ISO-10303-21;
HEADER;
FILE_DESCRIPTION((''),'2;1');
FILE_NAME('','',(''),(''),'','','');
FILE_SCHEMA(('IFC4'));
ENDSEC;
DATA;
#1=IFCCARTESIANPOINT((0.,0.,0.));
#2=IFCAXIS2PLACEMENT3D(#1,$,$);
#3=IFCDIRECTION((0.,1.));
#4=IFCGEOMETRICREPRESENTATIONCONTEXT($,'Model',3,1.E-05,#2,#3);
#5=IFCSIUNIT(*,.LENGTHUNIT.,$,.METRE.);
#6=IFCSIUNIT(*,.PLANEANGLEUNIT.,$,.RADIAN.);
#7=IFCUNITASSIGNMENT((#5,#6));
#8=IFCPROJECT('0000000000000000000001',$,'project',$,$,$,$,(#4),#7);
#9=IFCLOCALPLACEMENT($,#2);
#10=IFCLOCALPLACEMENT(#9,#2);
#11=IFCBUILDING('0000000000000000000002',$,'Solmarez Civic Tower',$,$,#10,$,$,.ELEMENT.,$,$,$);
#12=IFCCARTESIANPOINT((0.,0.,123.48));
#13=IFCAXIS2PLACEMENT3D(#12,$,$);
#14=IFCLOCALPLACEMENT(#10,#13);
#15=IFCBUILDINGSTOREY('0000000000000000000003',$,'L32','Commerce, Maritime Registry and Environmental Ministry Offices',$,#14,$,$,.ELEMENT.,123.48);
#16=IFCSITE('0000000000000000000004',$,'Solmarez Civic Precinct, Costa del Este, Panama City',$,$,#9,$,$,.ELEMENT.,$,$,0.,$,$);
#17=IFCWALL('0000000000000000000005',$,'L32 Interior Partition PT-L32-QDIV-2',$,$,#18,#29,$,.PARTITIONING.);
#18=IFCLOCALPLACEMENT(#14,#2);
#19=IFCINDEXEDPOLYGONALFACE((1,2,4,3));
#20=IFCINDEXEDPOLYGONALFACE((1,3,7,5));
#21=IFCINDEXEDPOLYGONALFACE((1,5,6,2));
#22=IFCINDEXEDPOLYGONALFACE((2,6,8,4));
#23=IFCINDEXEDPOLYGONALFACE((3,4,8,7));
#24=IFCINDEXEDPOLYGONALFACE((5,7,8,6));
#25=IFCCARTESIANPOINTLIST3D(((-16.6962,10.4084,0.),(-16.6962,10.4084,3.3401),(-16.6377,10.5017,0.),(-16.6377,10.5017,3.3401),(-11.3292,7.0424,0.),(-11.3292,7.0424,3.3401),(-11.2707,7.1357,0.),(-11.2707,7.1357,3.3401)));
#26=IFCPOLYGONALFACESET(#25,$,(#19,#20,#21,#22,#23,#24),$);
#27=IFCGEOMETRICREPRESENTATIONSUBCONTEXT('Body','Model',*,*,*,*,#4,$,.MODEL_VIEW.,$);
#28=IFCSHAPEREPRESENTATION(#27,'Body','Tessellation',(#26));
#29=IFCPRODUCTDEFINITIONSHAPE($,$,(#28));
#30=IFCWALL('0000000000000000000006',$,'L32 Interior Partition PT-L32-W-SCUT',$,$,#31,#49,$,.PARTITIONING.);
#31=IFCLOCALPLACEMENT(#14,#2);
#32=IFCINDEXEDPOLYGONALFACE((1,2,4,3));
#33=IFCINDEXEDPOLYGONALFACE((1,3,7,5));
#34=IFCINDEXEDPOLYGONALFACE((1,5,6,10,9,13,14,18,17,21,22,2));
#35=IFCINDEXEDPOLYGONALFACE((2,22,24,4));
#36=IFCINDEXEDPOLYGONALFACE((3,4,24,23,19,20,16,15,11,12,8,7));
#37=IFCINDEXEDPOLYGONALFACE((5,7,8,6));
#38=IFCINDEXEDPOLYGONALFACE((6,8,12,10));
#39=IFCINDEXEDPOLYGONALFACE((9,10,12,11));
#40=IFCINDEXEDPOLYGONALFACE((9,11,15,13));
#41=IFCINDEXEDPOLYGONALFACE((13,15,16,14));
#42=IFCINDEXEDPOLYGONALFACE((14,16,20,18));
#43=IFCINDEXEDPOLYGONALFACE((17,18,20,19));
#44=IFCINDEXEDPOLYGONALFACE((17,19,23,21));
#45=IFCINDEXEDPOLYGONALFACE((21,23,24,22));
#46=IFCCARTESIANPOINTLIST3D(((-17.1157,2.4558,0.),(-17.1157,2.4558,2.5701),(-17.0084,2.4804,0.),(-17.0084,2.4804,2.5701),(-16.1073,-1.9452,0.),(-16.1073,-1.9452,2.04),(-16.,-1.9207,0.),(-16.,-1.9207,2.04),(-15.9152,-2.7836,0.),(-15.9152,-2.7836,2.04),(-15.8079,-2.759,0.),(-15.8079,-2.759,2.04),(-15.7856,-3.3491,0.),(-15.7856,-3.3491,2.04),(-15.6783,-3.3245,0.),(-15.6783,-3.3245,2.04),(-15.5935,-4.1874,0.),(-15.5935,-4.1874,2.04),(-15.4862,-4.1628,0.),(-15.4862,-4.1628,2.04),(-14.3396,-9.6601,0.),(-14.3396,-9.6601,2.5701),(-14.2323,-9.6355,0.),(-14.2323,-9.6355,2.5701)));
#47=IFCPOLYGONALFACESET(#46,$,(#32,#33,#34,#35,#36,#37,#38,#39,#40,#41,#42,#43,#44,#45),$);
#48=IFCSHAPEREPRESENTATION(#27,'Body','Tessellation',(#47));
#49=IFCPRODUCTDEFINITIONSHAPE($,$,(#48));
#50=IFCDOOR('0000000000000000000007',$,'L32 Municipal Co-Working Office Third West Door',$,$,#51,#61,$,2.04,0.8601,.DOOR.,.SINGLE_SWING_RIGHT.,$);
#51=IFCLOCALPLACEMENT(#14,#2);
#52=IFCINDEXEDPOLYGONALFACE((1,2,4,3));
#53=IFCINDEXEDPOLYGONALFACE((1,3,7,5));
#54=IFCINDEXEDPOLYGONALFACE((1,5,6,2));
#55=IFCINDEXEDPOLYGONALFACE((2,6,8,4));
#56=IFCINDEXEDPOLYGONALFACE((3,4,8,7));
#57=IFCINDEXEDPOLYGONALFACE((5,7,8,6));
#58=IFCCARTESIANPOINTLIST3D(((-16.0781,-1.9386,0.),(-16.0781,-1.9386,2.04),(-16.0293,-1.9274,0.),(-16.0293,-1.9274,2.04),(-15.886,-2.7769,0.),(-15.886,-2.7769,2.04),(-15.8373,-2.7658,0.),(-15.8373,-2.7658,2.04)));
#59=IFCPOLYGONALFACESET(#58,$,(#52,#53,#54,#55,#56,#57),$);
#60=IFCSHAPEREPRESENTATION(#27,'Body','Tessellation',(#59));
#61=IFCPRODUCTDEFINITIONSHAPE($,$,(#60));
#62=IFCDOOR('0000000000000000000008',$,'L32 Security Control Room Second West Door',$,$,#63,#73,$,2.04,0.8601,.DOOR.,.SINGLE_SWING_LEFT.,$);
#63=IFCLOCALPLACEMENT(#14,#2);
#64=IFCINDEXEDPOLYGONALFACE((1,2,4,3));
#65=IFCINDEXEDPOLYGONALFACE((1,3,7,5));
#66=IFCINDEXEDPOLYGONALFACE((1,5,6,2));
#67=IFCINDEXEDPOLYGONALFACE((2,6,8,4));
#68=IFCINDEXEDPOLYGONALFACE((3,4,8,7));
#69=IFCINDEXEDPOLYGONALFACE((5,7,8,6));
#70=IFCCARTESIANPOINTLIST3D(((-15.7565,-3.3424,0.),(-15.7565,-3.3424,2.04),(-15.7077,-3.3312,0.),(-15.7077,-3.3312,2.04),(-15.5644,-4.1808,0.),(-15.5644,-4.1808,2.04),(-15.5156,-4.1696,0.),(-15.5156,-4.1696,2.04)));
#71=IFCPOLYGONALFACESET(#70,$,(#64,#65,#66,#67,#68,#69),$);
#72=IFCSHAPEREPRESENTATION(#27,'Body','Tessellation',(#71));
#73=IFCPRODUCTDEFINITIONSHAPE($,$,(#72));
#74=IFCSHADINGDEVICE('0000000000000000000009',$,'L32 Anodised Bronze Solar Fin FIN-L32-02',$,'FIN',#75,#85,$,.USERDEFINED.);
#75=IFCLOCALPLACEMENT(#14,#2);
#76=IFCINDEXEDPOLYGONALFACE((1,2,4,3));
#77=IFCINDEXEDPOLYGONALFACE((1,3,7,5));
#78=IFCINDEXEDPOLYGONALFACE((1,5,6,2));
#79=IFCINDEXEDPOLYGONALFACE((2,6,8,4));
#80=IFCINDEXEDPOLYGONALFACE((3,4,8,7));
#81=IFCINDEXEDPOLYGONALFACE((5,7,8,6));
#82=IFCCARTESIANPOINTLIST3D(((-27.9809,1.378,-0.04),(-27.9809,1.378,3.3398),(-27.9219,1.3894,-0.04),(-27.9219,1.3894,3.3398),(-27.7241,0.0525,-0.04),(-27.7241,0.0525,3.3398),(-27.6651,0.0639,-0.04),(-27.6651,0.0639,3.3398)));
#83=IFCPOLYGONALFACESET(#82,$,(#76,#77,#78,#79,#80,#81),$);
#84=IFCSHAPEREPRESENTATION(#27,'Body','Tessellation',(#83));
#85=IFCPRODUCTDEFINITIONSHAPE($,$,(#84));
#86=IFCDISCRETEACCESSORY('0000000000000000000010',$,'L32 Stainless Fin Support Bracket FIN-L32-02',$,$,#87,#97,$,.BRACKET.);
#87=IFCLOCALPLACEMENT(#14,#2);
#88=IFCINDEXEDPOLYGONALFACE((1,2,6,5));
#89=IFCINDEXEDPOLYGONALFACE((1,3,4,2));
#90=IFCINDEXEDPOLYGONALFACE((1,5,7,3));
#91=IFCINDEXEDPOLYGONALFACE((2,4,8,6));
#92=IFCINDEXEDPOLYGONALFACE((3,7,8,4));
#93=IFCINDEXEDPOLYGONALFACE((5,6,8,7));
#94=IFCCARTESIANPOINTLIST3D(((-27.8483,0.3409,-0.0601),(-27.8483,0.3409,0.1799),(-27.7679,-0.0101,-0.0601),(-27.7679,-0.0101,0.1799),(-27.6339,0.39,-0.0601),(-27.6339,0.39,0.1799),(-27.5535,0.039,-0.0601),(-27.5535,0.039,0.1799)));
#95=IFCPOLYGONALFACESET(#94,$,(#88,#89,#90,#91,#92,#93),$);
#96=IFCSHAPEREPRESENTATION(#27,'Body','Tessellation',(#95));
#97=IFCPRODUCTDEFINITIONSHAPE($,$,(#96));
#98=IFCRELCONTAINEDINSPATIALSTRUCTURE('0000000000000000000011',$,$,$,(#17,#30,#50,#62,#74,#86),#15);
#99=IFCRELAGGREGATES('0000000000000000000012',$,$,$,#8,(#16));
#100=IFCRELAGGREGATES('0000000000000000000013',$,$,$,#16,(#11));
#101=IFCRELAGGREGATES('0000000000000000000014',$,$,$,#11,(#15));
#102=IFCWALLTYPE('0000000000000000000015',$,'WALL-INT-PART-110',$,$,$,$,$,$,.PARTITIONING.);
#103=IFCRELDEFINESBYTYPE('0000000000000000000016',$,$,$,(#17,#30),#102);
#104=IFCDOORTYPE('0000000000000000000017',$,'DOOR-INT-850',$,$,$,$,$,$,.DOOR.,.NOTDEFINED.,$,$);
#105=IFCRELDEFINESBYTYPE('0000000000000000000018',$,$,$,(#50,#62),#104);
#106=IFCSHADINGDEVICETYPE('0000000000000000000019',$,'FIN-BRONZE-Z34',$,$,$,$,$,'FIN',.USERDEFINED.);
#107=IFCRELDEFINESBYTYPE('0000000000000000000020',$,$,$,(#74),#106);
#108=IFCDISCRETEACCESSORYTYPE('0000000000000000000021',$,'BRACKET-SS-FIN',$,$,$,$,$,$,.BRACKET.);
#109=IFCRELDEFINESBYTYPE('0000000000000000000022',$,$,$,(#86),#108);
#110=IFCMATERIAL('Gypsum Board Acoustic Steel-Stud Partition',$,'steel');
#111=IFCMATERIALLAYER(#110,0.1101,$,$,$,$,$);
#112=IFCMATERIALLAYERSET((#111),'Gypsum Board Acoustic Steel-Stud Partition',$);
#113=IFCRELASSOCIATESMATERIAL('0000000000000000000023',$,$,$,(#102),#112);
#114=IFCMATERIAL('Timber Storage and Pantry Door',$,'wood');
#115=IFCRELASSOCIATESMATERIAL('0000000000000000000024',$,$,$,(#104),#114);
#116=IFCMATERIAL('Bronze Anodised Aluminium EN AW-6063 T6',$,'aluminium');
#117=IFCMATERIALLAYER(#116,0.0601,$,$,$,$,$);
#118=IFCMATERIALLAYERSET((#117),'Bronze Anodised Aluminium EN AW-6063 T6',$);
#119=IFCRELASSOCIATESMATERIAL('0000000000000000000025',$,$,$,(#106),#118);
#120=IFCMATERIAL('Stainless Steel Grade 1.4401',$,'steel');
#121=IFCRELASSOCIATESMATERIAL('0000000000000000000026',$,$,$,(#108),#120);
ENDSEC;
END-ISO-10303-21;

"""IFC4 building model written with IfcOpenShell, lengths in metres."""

from ifc_helpers import new_model, si_unit, direction, frame, frame_2d, origin, origin_2d, place, context, subcontext, project, spatial, rectangle, extrude, material, layer, layer_set, type_object, element, fill, save


model = new_model("IFC4")

# Units and contexts
model_context = context("Model", 3, precision=1e-05, world=origin(), true_north=direction((0.0, 1.0)))
body_context = subcontext(model_context, "Body", "Model", "MODEL_VIEW")
ifc_project = project(units=[si_unit("LENGTHUNIT", "METRE"), si_unit("PLANEANGLEUNIT", "RADIAN")], contexts=[model_context])

# Site, building, storey
site_placement = place(None, origin())
site = spatial("IfcSite", under=ifc_project, at=site_placement, Name="Solmarez Civic Precinct, Costa del Este, Panama City", CompositionType="ELEMENT", RefElevation=0.0)
building_placement = place(site_placement, origin())
building = spatial("IfcBuilding", under=site, at=building_placement, Name="Solmarez Civic Tower", CompositionType="ELEMENT")
storey_placement = place(building_placement, frame((0.0, 0.0, 123.48)))
storey = spatial("IfcBuildingStorey", under=building, at=storey_placement, Name="L32", Description="Commerce, Maritime Registry and Environmental Ministry Offices", CompositionType="ELEMENT", Elevation=123.48)

# Wall
ifc_material_1 = material(Name="Gypsum Board Acoustic Steel-Stud Partition", Category="steel")
ifc_layer_1 = layer(ifc_material_1, 0.1101)
ifc_layer_set_1 = layer_set([ifc_layer_1], Name="Gypsum Board Acoustic Steel-Stud Partition")
wall_type_1 = type_object("IfcWallType", Name="WALL-INT-PART-110", PredefinedType="PARTITIONING", material=ifc_layer_set_1)
wall_1_placement = place(storey_placement, frame((-11.3, 7.0891, 0.0), z_axis=(0.0, 0.0, 1.0), x_axis=(-0.847172, 0.531318, 0.0)))
element("IfcWall", 1, at=wall_1_placement, inside=storey, type_object=wall_type_1, Name="L32 Interior Partition PT-L32-QDIV-2", PredefinedType="PARTITIONING", context=body_context, shape_type="SweptSolid", body=[
    extrude(rectangle(XDim=6.3352, YDim=0.1101, at=frame_2d((3.1675, 0.0))), origin(), (0.0, 0.0, 1.0), 3.3401),
])

# Wall, openings, doors
wall_2_placement = place(storey_placement, frame((-17.062, 2.468, 0.0), z_axis=(0.0, 0.0, 1.0), x_axis=(0.223342, -0.97474, 0.0)))
wall_2 = element("IfcWall", 2, at=wall_2_placement, inside=storey, type_object=wall_type_1, Name="L32 Interior Partition PT-L32-W-SCUT", PredefinedType="PARTITIONING", context=body_context, shape_type="SweptSolid", body=[
    extrude(rectangle(XDim=12.4299, YDim=0.1101, at=frame_2d((6.2148, 0.0))), origin(), (0.0, 0.0, 1.0), 2.5701),
])
opening_1_placement = place(wall_2_placement, frame((4.5149, 0.0, 0.0)))
opening_1 = element("IfcOpeningElement", 3, at=opening_1_placement, cuts=wall_2, PredefinedType="OPENING", context=body_context, shape_type="SweptSolid", body=[
    extrude(rectangle(XDim=0.8601, YDim=2.04, at=frame_2d((0.4302, 1.02))), frame((0.0, 0.0649, 0.0), z_axis=(0.0, -1.0, 0.0), x_axis=(1.0, 0.0, 0.0)), (0.0, 0.0, 1.0), 0.1301),
])
opening_2_placement = place(wall_2_placement, frame((5.9551, 0.0, 0.0)))
opening_2 = element("IfcOpeningElement", 4, at=opening_2_placement, cuts=wall_2, PredefinedType="OPENING", context=body_context, shape_type="SweptSolid", body=[
    extrude(rectangle(XDim=0.8601, YDim=2.04, at=frame_2d((0.4302, 1.02))), frame((0.0, 0.0649, 0.0), z_axis=(0.0, -1.0, 0.0), x_axis=(1.0, 0.0, 0.0)), (0.0, 0.0, 1.0), 0.1301),
])
ifc_material_2 = material(Name="Timber Storage and Pantry Door", Category="wood")
door_type = type_object("IfcDoorType", Name="DOOR-INT-850", OperationType="NOTDEFINED", PredefinedType="DOOR", material=ifc_material_2)
door_1_placement = place(opening_1_placement, origin())
door_1 = element("IfcDoor", 5, at=door_1_placement, inside=storey, type_object=door_type, Name="L32 Municipal Co-Working Office Third West Door", OperationType="SINGLE_SWING_RIGHT", OverallHeight=2.04, OverallWidth=0.8601, PredefinedType="DOOR", context=body_context, shape_type="SweptSolid", body=[
    extrude(rectangle(XDim=0.8601, YDim=2.04, at=frame_2d((0.4302, 1.02))), frame((0.0, 0.0249, 0.0), z_axis=(0.0, -1.0, 0.0), x_axis=(1.0, 0.0, 0.0)), (0.0, 0.0, 1.0), 0.05),
])
fill(opening_1, door_1)
door_2_placement = place(opening_2_placement, origin())
door_2 = element("IfcDoor", 6, at=door_2_placement, inside=storey, type_object=door_type, Name="L32 Security Control Room Second West Door", OperationType="SINGLE_SWING_LEFT", OverallHeight=2.04, OverallWidth=0.8601, PredefinedType="DOOR", context=body_context, shape_type="SweptSolid", body=[
    extrude(rectangle(XDim=0.8601, YDim=2.04, at=frame_2d((0.4302, 1.02))), frame((0.0, 0.0249, 0.0), z_axis=(0.0, -1.0, 0.0), x_axis=(1.0, 0.0, 0.0)), (0.0, 0.0, 1.0), 0.05),
])
fill(opening_2, door_2)

# Shading device
ifc_material_3 = material(Name="Bronze Anodised Aluminium EN AW-6063 T6", Category="aluminium")
ifc_layer_2 = layer(ifc_material_3, 0.0601)
ifc_layer_set_2 = layer_set([ifc_layer_2], Name="Bronze Anodised Aluminium EN AW-6063 T6")
shading_device_type = type_object("IfcShadingDeviceType", Name="FIN-BRONZE-Z34", ElementType="FIN", PredefinedType="USERDEFINED", material=ifc_layer_set_2)
shading_device_placement = place(storey_placement, frame((-27.823, 0.7209, -0.04), z_axis=(0.0, 0.0, 1.0), x_axis=(-0.190192, 0.981747, 0.0)))
element("IfcShadingDevice", 7, at=shading_device_placement, inside=storey, type_object=shading_device_type, Name="L32 Anodised Bronze Solar Fin FIN-L32-02", ObjectType="FIN", PredefinedType="USERDEFINED", context=body_context, shape_type="SweptSolid", body=[
    extrude(rectangle(XDim=1.3501, YDim=0.0601, at=origin_2d()), origin(), (0.0, 0.0, 1.0), 3.3799),
])

# Discrete accessory
ifc_material_4 = material(Name="Stainless Steel Grade 1.4401", Category="steel")
discrete_accessory_type = type_object("IfcDiscreteAccessoryType", Name="BRACKET-SS-FIN", PredefinedType="BRACKET", material=ifc_material_4)
discrete_accessory_placement = place(storey_placement, frame((-27.7009, 0.1899, -0.0601), z_axis=(0.0, 0.0, 1.0), x_axis=(-0.223234, 0.974765, 0.0)))
element("IfcDiscreteAccessory", 8, at=discrete_accessory_placement, inside=storey, type_object=discrete_accessory_type, Name="L32 Stainless Fin Support Bracket FIN-L32-02", PredefinedType="BRACKET", context=body_context, shape_type="SweptSolid", body=[
    extrude(rectangle(XDim=0.3601, YDim=0.22, at=origin_2d()), origin(), (0.0, 0.0, 1.0), 0.24),
])

save(model, "model.ifc")
